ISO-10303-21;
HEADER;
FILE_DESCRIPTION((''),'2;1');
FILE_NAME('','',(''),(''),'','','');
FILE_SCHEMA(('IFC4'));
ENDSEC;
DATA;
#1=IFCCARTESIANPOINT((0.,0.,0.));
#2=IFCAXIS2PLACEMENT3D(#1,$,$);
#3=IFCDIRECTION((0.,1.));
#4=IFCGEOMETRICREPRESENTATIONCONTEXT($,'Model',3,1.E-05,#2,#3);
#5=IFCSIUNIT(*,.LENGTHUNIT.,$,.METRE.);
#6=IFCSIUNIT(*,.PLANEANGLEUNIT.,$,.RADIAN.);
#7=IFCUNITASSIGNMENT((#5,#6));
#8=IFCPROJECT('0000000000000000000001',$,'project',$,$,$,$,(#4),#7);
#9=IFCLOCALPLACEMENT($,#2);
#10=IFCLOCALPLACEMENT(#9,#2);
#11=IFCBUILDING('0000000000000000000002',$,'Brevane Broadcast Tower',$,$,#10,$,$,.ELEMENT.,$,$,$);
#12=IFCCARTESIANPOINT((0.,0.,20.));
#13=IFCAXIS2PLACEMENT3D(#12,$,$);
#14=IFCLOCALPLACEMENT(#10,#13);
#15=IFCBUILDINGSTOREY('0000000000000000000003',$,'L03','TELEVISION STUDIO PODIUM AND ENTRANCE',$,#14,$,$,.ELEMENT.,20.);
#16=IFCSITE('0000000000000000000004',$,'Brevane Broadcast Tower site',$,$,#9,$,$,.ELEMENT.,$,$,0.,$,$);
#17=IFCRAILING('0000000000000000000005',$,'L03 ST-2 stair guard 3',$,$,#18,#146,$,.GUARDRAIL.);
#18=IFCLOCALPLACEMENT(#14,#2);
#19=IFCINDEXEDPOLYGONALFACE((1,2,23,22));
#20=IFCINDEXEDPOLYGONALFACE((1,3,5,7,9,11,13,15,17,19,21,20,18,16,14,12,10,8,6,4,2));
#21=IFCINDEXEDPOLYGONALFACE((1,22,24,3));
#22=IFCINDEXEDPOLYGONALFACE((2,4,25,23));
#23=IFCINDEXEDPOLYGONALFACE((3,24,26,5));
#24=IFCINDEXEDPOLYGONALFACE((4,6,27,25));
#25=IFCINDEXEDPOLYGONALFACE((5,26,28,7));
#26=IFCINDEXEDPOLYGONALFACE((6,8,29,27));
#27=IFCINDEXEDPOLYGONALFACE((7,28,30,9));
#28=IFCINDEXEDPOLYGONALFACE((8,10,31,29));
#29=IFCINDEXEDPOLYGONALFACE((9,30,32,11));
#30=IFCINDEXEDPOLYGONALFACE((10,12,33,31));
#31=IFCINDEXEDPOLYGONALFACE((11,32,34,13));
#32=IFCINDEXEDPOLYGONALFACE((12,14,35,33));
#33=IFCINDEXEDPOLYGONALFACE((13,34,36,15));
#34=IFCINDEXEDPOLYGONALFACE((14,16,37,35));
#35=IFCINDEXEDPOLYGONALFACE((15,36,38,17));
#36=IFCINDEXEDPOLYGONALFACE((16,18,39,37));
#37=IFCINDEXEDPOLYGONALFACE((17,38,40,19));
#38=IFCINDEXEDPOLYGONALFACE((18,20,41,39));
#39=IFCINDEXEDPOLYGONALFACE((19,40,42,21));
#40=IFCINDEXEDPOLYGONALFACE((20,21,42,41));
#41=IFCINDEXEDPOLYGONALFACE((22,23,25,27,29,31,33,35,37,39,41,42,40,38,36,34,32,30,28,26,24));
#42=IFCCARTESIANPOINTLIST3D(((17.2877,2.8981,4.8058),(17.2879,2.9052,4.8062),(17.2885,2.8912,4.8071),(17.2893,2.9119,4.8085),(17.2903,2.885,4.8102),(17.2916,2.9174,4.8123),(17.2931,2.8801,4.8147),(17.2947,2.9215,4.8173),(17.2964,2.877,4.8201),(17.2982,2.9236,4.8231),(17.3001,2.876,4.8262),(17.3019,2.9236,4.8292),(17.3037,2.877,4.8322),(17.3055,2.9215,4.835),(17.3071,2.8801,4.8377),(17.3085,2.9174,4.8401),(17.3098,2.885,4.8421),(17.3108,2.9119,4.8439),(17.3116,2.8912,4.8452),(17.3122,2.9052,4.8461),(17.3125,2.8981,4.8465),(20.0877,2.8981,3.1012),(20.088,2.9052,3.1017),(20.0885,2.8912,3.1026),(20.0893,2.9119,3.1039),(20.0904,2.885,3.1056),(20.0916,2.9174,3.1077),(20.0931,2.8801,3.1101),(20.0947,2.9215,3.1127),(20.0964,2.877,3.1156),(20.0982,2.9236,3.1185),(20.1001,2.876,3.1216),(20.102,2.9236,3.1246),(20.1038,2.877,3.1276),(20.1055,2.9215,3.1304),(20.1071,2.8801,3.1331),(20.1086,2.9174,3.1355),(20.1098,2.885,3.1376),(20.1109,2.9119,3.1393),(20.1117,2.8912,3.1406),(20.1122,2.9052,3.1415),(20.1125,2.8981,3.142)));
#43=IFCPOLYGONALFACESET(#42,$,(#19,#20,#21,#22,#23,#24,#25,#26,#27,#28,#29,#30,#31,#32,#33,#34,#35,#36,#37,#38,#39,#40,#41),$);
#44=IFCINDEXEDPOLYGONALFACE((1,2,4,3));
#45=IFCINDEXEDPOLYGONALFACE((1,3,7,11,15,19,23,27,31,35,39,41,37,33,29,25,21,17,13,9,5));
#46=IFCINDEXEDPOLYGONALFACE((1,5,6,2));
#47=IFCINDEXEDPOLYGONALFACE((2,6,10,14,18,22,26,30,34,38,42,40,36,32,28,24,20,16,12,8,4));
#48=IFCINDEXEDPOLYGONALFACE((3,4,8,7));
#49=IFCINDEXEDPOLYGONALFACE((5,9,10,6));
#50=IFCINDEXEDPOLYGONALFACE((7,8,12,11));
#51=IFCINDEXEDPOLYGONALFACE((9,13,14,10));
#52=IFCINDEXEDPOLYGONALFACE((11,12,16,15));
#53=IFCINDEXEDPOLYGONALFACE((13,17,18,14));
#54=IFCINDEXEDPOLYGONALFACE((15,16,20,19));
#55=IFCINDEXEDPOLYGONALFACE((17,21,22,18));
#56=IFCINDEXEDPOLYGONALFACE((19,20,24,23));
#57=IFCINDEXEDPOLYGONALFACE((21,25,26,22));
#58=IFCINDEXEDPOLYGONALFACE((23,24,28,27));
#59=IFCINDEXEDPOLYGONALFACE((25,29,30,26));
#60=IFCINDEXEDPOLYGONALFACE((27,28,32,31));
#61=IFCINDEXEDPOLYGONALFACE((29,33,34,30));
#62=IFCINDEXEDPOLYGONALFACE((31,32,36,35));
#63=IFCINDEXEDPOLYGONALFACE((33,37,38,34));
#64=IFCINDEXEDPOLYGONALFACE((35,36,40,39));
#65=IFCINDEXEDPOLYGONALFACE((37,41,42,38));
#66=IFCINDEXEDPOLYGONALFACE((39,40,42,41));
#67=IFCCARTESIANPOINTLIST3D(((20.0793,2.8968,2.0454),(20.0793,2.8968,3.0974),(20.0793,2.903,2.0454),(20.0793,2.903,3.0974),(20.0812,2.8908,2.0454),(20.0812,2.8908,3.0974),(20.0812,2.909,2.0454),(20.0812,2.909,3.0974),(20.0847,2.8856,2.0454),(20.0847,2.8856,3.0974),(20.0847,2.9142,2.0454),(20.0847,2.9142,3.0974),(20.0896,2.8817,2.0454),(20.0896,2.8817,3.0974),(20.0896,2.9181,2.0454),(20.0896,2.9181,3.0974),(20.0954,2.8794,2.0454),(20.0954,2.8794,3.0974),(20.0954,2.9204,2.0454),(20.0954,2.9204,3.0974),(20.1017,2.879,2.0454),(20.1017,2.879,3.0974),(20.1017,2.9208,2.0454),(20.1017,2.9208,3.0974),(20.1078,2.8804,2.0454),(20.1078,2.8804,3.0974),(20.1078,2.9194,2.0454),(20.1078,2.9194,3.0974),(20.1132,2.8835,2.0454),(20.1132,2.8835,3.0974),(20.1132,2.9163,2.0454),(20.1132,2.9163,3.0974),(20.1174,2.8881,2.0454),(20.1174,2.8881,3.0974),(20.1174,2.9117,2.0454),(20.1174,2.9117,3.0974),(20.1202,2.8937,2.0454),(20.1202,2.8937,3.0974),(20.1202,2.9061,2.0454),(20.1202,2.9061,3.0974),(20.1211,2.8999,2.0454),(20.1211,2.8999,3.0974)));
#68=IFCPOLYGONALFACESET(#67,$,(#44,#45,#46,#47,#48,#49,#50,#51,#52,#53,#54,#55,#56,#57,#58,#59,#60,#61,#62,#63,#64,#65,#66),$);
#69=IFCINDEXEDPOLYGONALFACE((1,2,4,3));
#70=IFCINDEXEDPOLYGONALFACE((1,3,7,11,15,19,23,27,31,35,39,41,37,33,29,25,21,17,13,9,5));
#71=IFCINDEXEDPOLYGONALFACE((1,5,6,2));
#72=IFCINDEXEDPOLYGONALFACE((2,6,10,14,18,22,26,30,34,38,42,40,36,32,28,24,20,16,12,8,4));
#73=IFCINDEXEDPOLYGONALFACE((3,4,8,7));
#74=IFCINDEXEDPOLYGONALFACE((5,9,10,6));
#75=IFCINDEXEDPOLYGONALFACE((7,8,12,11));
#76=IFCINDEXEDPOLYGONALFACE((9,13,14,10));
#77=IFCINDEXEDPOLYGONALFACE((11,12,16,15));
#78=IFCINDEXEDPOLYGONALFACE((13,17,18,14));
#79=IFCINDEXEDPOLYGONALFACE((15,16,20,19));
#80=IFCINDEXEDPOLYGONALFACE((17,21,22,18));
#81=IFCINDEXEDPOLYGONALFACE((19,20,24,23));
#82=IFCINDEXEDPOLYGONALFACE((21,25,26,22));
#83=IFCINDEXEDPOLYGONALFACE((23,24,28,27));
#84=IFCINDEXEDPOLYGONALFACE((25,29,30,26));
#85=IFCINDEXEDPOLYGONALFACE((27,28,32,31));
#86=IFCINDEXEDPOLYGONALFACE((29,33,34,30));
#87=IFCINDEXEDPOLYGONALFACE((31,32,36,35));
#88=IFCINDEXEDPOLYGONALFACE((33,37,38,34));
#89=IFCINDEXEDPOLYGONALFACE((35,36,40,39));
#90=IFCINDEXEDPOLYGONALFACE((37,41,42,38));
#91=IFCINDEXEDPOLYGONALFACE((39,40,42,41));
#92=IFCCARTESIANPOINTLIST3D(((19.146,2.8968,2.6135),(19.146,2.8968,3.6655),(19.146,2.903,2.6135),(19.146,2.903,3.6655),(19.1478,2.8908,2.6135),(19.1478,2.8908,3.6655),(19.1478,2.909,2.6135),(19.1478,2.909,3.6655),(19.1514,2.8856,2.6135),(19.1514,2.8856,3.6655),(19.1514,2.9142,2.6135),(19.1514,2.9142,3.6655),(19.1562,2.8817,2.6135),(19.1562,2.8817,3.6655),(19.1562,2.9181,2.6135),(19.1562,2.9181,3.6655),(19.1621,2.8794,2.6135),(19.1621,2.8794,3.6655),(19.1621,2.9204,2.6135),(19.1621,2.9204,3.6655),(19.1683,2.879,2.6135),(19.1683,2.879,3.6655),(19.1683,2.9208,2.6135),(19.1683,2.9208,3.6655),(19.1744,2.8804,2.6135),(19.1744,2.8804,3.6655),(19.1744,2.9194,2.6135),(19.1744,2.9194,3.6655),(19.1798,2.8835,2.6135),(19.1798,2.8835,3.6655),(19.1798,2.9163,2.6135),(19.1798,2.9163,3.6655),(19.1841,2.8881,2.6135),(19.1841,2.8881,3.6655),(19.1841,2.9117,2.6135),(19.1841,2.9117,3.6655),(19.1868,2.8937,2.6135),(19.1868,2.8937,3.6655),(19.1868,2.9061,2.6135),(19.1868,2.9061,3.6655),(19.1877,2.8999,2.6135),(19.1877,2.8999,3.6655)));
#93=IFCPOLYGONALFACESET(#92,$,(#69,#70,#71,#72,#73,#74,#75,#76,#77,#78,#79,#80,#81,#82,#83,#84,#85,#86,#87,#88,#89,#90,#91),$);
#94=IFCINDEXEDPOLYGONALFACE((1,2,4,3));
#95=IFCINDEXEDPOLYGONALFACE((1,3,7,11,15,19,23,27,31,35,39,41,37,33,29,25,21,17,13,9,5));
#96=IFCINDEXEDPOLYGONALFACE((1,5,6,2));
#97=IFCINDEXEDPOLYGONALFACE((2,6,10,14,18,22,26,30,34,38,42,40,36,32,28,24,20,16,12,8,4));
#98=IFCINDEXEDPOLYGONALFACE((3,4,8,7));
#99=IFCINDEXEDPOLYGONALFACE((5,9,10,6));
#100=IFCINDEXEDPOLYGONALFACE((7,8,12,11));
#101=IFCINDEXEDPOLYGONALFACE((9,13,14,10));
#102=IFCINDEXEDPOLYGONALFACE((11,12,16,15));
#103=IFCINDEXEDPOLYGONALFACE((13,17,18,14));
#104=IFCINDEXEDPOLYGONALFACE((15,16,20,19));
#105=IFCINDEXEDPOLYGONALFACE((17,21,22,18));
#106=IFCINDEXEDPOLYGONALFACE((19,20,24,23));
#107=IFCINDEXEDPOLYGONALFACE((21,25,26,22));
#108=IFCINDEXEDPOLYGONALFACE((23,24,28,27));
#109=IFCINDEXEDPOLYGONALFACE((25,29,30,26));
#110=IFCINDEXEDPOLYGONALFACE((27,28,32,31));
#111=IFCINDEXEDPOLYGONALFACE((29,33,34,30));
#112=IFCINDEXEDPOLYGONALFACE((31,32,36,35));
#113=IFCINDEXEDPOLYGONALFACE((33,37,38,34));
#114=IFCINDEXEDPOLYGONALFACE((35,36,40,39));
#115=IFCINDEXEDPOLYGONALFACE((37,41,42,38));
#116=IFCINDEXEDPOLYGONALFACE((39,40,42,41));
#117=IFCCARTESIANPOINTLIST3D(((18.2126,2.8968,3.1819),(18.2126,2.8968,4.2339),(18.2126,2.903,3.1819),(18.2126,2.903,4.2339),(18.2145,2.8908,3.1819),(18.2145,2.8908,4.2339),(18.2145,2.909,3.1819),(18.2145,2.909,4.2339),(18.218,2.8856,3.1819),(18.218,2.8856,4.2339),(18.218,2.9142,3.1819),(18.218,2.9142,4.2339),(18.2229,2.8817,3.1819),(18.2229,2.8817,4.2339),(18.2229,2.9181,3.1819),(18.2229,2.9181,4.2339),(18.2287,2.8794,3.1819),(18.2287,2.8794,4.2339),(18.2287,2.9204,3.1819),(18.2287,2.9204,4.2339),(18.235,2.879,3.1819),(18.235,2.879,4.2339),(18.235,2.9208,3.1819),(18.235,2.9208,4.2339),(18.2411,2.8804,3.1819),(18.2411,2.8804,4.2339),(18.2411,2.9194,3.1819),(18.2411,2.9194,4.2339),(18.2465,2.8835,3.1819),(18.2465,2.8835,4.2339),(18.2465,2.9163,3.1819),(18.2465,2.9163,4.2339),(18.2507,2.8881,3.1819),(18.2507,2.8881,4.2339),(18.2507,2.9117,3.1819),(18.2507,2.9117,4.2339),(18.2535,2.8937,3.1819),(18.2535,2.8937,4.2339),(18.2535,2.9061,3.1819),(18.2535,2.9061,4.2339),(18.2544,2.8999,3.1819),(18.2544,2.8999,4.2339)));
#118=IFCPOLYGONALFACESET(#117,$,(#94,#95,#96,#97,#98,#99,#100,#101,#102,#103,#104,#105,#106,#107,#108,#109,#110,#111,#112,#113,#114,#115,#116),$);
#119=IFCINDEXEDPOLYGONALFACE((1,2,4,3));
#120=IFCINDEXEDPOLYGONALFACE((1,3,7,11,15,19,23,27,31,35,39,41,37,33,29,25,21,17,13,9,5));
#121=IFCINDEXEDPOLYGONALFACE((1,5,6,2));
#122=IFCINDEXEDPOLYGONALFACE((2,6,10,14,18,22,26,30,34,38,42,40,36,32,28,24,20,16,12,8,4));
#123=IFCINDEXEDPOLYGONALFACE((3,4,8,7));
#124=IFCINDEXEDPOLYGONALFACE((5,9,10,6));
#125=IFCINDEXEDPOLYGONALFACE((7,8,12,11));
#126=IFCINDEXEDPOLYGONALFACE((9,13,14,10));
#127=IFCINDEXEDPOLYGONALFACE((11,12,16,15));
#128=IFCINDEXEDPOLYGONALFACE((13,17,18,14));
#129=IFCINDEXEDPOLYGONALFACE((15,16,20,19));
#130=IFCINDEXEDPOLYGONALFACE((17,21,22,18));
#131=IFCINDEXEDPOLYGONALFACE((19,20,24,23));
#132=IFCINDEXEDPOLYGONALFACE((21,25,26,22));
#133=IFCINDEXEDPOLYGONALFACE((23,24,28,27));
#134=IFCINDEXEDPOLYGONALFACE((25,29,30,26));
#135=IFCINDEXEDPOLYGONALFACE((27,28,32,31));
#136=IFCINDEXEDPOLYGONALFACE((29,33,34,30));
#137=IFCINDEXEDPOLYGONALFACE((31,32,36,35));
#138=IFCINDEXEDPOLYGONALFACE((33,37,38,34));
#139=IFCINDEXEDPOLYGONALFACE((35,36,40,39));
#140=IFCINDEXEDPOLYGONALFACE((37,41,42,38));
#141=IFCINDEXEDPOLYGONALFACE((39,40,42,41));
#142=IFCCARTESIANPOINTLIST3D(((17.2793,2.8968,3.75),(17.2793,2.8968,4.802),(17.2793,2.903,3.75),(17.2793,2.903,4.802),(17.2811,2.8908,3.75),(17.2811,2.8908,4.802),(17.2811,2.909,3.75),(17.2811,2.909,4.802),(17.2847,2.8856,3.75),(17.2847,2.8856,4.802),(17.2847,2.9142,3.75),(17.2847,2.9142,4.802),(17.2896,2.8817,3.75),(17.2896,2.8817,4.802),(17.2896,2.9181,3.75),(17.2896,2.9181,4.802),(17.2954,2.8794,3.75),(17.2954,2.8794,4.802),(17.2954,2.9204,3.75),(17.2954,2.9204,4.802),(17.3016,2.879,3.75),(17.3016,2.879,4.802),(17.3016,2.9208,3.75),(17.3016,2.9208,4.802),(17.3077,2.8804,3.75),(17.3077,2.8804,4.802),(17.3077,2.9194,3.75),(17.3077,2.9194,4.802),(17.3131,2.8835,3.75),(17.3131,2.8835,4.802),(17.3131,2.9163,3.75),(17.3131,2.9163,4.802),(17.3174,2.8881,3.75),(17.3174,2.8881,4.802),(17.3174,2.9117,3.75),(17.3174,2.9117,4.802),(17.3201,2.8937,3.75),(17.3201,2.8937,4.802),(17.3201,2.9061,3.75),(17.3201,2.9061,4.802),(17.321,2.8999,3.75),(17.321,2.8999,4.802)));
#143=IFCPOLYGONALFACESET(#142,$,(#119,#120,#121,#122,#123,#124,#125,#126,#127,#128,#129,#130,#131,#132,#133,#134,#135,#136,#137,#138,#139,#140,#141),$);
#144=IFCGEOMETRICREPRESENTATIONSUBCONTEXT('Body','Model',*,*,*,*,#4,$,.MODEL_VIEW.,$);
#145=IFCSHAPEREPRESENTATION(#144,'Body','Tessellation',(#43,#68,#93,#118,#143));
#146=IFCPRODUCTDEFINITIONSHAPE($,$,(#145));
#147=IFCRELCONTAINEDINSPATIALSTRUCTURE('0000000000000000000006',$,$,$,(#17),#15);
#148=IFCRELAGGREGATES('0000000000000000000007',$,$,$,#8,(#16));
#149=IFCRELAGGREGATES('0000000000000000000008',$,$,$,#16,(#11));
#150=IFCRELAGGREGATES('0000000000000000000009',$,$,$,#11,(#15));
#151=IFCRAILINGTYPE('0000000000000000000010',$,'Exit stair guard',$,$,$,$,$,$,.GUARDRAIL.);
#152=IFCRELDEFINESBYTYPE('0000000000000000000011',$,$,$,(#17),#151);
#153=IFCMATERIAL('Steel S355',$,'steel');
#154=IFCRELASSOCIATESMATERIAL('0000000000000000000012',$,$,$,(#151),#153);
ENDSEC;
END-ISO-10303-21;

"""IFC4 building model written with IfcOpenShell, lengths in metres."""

from ifc_helpers import new_model, si_unit, direction, frame, origin, origin_2d, place, context, subcontext, project, spatial, circle, extrude, material, type_object, element, save


model = new_model("IFC4")

# Units and contexts
model_context = context("Model", 3, precision=1e-05, world=origin(), true_north=direction((0.0, 1.0)))
body_context = subcontext(model_context, "Body", "Model", "MODEL_VIEW")
ifc_project = project(units=[si_unit("LENGTHUNIT", "METRE"), si_unit("PLANEANGLEUNIT", "RADIAN")], contexts=[model_context])

# Site, building, storey
site_placement = place(None, origin())
site = spatial("IfcSite", under=ifc_project, at=site_placement, Name="Brevane Broadcast Tower site", CompositionType="ELEMENT", RefElevation=0.0)
building_placement = place(site_placement, origin())
building = spatial("IfcBuilding", under=site, at=building_placement, Name="Brevane Broadcast Tower", CompositionType="ELEMENT")
storey_placement = place(building_placement, frame((0.0, 0.0, 20.0)))
storey = spatial("IfcBuildingStorey", under=building, at=storey_placement, Name="L03", Description="TELEVISION STUDIO PODIUM AND ENTRANCE", CompositionType="ELEMENT", Elevation=20.0)

# Railing
ifc_material_1 = material(Name="Steel S355", Category="steel")
railing_type_1 = type_object("IfcRailingType", Name="Exit stair guard", PredefinedType="GUARDRAIL", material=ifc_material_1)
railing_1_placement = place(storey_placement, frame((20.1001, 2.8999, 2.0454)))
element("IfcRailing", 1, at=railing_1_placement, inside=storey, type_object=railing_type_1, Name="L03 ST-2 stair guard 3", PredefinedType="GUARDRAIL", context=body_context, shape_type="SweptSolid", body=[
    extrude(circle(Radius=0.0239, at=origin_2d()), frame((0.0, 0.0, 1.0762), z_axis=(-0.85417, 0.0, 0.519994), x_axis=(0.0, -1.0, 0.0)), (0.0, 0.0, 1.0), 3.2781),
    extrude(circle(Radius=0.021, at=origin_2d()), origin(), (0.0, 0.0, 1.0), 1.052),
    extrude(circle(Radius=0.021, at=origin_2d()), frame((-0.9333, 0.0, 0.5681)), (0.0, 0.0, 1.0), 1.052),
    extrude(circle(Radius=0.021, at=origin_2d()), frame((-1.8667, 0.0, 1.1365)), (0.0, 0.0, 1.0), 1.052),
    extrude(circle(Radius=0.021, at=origin_2d()), frame((-2.8, 0.0, 1.7046)), (0.0, 0.0, 1.0), 1.052),
])

save(model, "model.ifc")
